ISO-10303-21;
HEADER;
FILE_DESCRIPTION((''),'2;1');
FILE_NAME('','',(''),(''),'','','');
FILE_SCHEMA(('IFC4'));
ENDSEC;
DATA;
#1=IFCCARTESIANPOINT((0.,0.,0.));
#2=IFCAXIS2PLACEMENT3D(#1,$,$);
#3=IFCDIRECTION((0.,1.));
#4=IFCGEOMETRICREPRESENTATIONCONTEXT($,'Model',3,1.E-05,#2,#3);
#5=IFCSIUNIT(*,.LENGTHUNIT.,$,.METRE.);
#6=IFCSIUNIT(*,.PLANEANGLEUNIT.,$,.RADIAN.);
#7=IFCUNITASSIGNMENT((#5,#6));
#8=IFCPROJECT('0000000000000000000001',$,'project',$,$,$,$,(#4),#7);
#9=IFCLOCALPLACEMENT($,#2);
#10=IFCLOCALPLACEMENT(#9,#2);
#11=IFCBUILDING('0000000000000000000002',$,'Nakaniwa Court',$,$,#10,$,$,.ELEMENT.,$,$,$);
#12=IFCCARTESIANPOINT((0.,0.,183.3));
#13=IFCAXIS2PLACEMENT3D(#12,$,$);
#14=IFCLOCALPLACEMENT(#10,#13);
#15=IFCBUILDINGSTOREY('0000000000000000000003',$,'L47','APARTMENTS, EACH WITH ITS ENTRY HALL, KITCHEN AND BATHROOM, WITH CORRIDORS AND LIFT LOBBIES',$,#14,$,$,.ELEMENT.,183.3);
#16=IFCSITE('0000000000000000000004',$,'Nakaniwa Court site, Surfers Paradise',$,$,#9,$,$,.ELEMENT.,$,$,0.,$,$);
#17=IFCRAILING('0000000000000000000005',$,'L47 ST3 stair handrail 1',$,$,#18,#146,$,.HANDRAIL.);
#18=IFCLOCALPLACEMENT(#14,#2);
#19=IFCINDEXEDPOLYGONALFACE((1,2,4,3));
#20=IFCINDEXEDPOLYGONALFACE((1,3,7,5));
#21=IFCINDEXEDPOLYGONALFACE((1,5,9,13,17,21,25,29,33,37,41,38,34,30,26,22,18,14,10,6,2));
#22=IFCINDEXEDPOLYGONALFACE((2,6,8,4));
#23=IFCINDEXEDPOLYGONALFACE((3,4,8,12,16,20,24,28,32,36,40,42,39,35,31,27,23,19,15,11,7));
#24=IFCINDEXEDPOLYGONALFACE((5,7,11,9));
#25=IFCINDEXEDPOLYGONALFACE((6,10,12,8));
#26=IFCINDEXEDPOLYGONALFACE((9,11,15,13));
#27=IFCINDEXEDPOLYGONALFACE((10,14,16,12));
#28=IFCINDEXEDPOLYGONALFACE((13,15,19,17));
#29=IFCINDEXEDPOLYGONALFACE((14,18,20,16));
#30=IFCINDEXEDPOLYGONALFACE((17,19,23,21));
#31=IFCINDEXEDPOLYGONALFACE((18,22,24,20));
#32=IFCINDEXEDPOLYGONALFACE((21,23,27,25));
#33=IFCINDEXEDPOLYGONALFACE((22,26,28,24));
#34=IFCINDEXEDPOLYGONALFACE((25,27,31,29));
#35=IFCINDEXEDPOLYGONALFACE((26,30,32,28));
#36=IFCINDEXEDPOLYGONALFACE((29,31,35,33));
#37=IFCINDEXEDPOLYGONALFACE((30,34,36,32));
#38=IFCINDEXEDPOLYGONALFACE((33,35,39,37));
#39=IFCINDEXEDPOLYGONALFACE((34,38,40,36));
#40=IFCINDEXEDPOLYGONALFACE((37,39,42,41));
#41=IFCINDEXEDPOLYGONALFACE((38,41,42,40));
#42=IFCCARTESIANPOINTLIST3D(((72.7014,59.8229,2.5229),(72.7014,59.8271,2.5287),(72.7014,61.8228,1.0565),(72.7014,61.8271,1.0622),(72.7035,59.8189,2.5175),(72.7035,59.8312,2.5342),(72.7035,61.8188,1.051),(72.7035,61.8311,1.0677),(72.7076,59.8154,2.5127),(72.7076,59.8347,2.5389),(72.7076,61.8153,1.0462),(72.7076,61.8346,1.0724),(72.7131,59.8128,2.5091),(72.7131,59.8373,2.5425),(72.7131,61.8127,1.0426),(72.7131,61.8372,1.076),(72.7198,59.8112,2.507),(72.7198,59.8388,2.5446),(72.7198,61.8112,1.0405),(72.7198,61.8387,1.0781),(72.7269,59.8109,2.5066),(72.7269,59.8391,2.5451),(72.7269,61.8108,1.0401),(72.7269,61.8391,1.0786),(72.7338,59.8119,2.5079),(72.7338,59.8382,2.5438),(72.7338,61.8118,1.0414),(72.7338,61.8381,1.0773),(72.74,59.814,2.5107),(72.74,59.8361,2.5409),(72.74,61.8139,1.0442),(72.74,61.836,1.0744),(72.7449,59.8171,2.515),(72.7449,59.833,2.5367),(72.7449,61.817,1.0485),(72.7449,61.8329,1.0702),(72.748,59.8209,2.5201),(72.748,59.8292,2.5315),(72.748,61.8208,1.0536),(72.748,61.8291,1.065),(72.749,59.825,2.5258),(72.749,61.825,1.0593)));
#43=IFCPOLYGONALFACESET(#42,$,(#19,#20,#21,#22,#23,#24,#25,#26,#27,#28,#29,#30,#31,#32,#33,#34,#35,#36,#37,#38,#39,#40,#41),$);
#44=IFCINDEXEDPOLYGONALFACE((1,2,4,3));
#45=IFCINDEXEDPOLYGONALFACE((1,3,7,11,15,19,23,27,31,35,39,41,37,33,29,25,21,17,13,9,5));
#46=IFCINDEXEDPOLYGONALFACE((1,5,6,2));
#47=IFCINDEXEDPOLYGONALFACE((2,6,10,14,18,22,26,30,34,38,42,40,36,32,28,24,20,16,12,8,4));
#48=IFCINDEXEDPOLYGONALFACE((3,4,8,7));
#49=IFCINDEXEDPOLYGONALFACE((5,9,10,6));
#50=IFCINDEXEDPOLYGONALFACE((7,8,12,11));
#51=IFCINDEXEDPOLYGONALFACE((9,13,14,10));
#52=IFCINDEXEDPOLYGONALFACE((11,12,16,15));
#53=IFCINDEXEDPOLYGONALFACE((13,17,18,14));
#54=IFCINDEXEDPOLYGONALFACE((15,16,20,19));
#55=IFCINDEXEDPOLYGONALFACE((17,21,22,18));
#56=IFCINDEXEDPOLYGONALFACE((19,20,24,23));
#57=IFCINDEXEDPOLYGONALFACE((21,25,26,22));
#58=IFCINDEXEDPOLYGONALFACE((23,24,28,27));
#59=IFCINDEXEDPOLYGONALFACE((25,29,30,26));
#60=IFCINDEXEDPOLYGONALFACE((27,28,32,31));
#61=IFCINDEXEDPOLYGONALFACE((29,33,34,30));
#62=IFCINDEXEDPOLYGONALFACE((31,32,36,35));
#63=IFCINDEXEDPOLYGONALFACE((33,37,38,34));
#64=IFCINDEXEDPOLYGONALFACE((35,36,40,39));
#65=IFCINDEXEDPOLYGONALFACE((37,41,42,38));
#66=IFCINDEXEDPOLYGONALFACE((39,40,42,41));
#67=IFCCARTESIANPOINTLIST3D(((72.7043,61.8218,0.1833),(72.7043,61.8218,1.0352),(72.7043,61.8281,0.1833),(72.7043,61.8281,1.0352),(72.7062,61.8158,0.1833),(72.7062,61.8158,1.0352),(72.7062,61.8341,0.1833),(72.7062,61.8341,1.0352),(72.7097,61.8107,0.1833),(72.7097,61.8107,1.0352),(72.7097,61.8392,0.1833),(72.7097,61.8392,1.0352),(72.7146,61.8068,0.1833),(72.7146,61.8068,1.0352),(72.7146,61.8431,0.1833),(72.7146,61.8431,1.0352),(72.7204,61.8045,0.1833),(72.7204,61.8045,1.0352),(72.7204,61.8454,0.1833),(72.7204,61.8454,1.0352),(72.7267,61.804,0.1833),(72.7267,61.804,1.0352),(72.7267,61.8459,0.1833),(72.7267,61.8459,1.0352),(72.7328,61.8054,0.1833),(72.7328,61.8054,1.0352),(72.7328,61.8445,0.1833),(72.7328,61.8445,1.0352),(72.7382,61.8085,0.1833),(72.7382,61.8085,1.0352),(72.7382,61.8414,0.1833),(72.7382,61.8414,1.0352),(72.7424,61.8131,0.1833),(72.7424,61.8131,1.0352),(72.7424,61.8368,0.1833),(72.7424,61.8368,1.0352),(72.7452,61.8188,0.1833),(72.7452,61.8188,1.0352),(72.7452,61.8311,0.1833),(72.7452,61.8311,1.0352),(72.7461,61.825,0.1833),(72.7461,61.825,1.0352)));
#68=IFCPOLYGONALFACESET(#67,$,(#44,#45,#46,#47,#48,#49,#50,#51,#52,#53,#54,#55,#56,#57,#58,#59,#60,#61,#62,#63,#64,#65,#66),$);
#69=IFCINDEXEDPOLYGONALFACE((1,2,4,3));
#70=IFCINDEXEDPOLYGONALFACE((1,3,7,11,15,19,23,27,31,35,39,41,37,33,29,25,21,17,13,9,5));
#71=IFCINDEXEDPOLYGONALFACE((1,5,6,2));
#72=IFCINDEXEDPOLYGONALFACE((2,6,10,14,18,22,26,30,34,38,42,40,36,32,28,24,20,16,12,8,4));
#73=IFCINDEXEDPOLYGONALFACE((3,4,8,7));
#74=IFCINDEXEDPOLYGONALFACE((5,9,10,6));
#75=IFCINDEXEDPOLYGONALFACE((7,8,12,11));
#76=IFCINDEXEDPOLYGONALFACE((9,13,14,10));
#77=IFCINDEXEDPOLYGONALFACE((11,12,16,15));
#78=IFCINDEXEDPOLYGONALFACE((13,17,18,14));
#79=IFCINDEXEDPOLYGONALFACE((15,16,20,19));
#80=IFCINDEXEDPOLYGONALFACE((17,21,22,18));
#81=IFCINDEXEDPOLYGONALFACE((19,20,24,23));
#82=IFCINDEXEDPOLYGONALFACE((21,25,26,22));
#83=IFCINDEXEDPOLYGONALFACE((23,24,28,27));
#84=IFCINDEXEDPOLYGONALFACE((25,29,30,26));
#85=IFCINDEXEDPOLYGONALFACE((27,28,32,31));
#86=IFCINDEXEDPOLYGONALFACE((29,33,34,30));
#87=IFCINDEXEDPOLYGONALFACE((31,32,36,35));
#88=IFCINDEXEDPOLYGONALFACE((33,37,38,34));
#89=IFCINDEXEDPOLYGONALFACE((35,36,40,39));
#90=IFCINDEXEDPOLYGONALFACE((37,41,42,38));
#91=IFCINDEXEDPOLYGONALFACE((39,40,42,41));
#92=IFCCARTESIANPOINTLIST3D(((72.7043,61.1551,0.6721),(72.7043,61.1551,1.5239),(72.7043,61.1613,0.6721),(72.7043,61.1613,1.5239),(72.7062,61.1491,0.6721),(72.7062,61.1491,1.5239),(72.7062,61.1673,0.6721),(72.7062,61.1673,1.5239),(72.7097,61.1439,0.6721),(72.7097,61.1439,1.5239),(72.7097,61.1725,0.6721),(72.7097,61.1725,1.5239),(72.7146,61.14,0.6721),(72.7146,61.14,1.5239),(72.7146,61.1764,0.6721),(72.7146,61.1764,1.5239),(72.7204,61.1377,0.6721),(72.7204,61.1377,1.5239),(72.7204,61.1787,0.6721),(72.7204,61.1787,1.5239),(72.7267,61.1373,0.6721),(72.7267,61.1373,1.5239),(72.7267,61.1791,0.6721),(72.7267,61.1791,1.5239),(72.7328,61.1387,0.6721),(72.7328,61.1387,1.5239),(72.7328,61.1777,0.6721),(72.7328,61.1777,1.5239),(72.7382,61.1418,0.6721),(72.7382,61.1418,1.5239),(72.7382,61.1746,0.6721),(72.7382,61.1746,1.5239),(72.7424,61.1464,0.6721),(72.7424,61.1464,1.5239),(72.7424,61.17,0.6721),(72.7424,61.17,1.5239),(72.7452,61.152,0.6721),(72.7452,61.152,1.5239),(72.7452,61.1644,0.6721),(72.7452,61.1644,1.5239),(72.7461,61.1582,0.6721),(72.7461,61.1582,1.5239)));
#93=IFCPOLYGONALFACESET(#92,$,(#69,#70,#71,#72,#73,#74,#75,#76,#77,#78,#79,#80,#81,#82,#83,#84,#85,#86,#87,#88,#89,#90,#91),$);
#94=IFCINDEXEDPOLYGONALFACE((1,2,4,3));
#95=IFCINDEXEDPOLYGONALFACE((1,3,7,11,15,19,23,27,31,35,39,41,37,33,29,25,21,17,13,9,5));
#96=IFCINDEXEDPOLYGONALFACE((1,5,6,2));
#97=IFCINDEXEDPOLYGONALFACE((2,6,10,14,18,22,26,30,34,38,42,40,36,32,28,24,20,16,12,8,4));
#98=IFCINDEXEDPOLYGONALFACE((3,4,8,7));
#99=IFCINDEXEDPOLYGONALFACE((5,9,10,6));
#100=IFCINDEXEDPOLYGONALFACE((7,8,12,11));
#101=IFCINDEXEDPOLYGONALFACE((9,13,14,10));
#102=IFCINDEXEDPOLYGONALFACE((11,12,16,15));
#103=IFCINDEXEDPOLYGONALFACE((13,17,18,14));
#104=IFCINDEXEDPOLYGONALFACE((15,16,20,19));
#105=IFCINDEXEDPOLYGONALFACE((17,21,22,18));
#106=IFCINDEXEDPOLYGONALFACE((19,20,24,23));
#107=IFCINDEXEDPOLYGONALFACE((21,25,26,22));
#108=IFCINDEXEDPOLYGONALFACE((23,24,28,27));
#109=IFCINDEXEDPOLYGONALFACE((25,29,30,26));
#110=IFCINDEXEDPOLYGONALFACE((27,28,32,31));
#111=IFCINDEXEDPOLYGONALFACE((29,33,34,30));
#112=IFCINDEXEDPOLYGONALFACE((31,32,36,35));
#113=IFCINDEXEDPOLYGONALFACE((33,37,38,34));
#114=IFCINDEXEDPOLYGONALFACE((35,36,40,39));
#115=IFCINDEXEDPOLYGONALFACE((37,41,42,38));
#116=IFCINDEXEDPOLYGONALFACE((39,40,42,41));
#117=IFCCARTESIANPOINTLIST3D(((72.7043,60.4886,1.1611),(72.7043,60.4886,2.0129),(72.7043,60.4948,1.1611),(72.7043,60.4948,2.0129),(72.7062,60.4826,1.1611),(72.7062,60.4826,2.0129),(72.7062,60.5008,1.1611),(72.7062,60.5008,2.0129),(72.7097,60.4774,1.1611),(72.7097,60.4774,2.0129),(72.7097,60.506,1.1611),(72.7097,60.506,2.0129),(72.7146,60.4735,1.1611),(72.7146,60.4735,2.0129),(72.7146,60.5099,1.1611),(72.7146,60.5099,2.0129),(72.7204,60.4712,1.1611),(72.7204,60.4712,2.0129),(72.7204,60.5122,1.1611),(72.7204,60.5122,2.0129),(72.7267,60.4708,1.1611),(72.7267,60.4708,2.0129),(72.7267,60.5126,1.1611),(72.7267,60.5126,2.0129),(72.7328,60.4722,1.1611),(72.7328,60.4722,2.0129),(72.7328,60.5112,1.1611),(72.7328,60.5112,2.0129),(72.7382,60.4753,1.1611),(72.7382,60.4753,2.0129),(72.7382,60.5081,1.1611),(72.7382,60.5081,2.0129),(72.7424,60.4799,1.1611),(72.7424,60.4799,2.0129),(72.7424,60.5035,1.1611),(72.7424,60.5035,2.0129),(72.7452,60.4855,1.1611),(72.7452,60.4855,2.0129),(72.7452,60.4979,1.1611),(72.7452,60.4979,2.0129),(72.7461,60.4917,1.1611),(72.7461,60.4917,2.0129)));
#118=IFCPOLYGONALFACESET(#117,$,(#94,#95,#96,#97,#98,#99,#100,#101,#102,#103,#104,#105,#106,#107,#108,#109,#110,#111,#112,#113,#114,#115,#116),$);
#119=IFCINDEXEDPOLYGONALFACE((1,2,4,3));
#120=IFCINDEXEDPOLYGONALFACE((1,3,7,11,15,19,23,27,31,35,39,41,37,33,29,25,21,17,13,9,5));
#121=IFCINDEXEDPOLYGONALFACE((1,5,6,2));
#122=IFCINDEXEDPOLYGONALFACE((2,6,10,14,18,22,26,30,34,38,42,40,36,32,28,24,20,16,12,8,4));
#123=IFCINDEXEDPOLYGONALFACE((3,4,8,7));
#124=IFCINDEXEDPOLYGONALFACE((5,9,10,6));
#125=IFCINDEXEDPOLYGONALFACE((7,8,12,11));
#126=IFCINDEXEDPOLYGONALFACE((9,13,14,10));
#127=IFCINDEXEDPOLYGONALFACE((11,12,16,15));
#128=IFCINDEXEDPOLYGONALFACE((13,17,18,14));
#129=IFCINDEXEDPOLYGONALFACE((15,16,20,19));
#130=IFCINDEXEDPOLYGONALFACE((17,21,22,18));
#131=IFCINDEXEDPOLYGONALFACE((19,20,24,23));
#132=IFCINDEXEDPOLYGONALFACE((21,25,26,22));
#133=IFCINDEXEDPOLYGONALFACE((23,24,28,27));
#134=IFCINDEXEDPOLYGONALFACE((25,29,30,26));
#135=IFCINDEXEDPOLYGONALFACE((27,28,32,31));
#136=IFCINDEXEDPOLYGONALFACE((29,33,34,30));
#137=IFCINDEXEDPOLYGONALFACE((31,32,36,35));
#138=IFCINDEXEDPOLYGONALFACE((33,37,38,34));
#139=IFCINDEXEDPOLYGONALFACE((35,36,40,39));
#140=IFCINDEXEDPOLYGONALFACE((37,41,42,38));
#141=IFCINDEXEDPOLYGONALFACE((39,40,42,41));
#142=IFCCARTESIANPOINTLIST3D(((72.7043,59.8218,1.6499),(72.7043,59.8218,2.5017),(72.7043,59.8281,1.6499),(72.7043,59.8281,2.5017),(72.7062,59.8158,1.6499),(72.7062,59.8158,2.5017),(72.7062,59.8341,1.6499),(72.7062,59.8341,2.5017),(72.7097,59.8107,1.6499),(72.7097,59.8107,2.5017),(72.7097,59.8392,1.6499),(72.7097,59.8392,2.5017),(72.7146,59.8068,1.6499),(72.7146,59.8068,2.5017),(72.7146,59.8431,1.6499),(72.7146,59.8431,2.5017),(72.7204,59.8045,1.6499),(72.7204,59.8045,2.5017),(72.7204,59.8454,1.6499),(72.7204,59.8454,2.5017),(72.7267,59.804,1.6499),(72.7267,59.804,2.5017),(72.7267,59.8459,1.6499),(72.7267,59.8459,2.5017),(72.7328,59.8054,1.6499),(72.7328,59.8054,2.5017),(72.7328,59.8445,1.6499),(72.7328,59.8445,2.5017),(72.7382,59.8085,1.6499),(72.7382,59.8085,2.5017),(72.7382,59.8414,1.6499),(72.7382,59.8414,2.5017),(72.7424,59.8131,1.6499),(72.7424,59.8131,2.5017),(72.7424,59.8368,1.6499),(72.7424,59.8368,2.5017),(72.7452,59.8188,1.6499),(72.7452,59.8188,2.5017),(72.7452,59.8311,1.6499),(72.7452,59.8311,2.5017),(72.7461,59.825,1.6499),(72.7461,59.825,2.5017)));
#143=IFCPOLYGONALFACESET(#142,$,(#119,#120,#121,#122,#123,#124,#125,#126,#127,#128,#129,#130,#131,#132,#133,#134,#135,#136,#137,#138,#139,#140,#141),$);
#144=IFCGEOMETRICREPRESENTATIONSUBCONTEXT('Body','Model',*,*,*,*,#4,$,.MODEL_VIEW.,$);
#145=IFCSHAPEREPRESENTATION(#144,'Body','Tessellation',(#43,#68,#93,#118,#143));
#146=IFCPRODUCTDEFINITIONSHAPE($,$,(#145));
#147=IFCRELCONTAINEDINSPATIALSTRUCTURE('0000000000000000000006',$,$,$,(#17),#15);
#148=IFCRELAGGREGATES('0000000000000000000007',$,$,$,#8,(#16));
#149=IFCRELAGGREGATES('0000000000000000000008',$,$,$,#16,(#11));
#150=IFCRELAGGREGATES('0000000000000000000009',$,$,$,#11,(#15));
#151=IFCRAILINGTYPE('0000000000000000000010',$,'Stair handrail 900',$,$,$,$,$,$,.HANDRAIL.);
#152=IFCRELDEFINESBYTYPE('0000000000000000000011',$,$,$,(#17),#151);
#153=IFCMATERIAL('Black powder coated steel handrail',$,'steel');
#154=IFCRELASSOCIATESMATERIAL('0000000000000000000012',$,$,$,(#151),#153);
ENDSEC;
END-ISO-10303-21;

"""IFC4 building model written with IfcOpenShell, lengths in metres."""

from ifc_helpers import new_model, si_unit, direction, frame, origin, origin_2d, place, context, subcontext, project, spatial, circle, extrude, material, type_object, element, save


model = new_model("IFC4")

# Units and contexts
model_context = context("Model", 3, precision=1e-05, world=origin(), true_north=direction((0.0, 1.0)))
body_context = subcontext(model_context, "Body", "Model", "MODEL_VIEW")
ifc_project = project(units=[si_unit("LENGTHUNIT", "METRE"), si_unit("PLANEANGLEUNIT", "RADIAN")], contexts=[model_context])

# Site, building, storey
site_placement = place(None, origin())
site = spatial("IfcSite", under=ifc_project, at=site_placement, Name="Nakaniwa Court site, Surfers Paradise", CompositionType="ELEMENT", RefElevation=0.0)
building_placement = place(site_placement, origin())
building = spatial("IfcBuilding", under=site, at=building_placement, Name="Nakaniwa Court", CompositionType="ELEMENT")
storey_placement = place(building_placement, frame((0.0, 0.0, 183.3)))
storey = spatial("IfcBuildingStorey", under=building, at=storey_placement, Name="L47", Description="APARTMENTS, EACH WITH ITS ENTRY HALL, KITCHEN AND BATHROOM, WITH CORRIDORS AND LIFT LOBBIES", CompositionType="ELEMENT", Elevation=183.3)

# Railing
ifc_material_1 = material(Name="Black powder coated steel handrail", Category="steel")
railing_type_1 = type_object("IfcRailingType", Name="Stair handrail 900", PredefinedType="HANDRAIL", material=ifc_material_1)
railing_1_placement = place(storey_placement, frame((72.7251, 61.825, 0.1833)))
element("IfcRailing", 1, at=railing_1_placement, inside=storey, type_object=railing_type_1, Name="L47 ST3 stair handrail 1", PredefinedType="HANDRAIL", context=body_context, shape_type="SweptSolid", body=[
    extrude(circle(Radius=0.0239, at=origin_2d()), frame((0.0, 0.0, 0.876), z_axis=(0.0, -0.806427, 0.591334), x_axis=(1.0, 0.0, 0.0)), (0.0, 0.0, 1.0), 2.48),
    extrude(circle(Radius=0.021, at=origin_2d()), origin(), (0.0, 0.0, 1.0), 0.8518),
    extrude(circle(Radius=0.021, at=origin_2d()), frame((0.0, -0.6667, 0.4888)), (0.0, 0.0, 1.0), 0.8518),
    extrude(circle(Radius=0.021, at=origin_2d()), frame((0.0, -1.3333, 0.9778)), (0.0, 0.0, 1.0), 0.8518),
    extrude(circle(Radius=0.021, at=origin_2d()), frame((0.0, -2.0, 1.4666)), (0.0, 0.0, 1.0), 0.8518),
])

save(model, "model.ifc")
